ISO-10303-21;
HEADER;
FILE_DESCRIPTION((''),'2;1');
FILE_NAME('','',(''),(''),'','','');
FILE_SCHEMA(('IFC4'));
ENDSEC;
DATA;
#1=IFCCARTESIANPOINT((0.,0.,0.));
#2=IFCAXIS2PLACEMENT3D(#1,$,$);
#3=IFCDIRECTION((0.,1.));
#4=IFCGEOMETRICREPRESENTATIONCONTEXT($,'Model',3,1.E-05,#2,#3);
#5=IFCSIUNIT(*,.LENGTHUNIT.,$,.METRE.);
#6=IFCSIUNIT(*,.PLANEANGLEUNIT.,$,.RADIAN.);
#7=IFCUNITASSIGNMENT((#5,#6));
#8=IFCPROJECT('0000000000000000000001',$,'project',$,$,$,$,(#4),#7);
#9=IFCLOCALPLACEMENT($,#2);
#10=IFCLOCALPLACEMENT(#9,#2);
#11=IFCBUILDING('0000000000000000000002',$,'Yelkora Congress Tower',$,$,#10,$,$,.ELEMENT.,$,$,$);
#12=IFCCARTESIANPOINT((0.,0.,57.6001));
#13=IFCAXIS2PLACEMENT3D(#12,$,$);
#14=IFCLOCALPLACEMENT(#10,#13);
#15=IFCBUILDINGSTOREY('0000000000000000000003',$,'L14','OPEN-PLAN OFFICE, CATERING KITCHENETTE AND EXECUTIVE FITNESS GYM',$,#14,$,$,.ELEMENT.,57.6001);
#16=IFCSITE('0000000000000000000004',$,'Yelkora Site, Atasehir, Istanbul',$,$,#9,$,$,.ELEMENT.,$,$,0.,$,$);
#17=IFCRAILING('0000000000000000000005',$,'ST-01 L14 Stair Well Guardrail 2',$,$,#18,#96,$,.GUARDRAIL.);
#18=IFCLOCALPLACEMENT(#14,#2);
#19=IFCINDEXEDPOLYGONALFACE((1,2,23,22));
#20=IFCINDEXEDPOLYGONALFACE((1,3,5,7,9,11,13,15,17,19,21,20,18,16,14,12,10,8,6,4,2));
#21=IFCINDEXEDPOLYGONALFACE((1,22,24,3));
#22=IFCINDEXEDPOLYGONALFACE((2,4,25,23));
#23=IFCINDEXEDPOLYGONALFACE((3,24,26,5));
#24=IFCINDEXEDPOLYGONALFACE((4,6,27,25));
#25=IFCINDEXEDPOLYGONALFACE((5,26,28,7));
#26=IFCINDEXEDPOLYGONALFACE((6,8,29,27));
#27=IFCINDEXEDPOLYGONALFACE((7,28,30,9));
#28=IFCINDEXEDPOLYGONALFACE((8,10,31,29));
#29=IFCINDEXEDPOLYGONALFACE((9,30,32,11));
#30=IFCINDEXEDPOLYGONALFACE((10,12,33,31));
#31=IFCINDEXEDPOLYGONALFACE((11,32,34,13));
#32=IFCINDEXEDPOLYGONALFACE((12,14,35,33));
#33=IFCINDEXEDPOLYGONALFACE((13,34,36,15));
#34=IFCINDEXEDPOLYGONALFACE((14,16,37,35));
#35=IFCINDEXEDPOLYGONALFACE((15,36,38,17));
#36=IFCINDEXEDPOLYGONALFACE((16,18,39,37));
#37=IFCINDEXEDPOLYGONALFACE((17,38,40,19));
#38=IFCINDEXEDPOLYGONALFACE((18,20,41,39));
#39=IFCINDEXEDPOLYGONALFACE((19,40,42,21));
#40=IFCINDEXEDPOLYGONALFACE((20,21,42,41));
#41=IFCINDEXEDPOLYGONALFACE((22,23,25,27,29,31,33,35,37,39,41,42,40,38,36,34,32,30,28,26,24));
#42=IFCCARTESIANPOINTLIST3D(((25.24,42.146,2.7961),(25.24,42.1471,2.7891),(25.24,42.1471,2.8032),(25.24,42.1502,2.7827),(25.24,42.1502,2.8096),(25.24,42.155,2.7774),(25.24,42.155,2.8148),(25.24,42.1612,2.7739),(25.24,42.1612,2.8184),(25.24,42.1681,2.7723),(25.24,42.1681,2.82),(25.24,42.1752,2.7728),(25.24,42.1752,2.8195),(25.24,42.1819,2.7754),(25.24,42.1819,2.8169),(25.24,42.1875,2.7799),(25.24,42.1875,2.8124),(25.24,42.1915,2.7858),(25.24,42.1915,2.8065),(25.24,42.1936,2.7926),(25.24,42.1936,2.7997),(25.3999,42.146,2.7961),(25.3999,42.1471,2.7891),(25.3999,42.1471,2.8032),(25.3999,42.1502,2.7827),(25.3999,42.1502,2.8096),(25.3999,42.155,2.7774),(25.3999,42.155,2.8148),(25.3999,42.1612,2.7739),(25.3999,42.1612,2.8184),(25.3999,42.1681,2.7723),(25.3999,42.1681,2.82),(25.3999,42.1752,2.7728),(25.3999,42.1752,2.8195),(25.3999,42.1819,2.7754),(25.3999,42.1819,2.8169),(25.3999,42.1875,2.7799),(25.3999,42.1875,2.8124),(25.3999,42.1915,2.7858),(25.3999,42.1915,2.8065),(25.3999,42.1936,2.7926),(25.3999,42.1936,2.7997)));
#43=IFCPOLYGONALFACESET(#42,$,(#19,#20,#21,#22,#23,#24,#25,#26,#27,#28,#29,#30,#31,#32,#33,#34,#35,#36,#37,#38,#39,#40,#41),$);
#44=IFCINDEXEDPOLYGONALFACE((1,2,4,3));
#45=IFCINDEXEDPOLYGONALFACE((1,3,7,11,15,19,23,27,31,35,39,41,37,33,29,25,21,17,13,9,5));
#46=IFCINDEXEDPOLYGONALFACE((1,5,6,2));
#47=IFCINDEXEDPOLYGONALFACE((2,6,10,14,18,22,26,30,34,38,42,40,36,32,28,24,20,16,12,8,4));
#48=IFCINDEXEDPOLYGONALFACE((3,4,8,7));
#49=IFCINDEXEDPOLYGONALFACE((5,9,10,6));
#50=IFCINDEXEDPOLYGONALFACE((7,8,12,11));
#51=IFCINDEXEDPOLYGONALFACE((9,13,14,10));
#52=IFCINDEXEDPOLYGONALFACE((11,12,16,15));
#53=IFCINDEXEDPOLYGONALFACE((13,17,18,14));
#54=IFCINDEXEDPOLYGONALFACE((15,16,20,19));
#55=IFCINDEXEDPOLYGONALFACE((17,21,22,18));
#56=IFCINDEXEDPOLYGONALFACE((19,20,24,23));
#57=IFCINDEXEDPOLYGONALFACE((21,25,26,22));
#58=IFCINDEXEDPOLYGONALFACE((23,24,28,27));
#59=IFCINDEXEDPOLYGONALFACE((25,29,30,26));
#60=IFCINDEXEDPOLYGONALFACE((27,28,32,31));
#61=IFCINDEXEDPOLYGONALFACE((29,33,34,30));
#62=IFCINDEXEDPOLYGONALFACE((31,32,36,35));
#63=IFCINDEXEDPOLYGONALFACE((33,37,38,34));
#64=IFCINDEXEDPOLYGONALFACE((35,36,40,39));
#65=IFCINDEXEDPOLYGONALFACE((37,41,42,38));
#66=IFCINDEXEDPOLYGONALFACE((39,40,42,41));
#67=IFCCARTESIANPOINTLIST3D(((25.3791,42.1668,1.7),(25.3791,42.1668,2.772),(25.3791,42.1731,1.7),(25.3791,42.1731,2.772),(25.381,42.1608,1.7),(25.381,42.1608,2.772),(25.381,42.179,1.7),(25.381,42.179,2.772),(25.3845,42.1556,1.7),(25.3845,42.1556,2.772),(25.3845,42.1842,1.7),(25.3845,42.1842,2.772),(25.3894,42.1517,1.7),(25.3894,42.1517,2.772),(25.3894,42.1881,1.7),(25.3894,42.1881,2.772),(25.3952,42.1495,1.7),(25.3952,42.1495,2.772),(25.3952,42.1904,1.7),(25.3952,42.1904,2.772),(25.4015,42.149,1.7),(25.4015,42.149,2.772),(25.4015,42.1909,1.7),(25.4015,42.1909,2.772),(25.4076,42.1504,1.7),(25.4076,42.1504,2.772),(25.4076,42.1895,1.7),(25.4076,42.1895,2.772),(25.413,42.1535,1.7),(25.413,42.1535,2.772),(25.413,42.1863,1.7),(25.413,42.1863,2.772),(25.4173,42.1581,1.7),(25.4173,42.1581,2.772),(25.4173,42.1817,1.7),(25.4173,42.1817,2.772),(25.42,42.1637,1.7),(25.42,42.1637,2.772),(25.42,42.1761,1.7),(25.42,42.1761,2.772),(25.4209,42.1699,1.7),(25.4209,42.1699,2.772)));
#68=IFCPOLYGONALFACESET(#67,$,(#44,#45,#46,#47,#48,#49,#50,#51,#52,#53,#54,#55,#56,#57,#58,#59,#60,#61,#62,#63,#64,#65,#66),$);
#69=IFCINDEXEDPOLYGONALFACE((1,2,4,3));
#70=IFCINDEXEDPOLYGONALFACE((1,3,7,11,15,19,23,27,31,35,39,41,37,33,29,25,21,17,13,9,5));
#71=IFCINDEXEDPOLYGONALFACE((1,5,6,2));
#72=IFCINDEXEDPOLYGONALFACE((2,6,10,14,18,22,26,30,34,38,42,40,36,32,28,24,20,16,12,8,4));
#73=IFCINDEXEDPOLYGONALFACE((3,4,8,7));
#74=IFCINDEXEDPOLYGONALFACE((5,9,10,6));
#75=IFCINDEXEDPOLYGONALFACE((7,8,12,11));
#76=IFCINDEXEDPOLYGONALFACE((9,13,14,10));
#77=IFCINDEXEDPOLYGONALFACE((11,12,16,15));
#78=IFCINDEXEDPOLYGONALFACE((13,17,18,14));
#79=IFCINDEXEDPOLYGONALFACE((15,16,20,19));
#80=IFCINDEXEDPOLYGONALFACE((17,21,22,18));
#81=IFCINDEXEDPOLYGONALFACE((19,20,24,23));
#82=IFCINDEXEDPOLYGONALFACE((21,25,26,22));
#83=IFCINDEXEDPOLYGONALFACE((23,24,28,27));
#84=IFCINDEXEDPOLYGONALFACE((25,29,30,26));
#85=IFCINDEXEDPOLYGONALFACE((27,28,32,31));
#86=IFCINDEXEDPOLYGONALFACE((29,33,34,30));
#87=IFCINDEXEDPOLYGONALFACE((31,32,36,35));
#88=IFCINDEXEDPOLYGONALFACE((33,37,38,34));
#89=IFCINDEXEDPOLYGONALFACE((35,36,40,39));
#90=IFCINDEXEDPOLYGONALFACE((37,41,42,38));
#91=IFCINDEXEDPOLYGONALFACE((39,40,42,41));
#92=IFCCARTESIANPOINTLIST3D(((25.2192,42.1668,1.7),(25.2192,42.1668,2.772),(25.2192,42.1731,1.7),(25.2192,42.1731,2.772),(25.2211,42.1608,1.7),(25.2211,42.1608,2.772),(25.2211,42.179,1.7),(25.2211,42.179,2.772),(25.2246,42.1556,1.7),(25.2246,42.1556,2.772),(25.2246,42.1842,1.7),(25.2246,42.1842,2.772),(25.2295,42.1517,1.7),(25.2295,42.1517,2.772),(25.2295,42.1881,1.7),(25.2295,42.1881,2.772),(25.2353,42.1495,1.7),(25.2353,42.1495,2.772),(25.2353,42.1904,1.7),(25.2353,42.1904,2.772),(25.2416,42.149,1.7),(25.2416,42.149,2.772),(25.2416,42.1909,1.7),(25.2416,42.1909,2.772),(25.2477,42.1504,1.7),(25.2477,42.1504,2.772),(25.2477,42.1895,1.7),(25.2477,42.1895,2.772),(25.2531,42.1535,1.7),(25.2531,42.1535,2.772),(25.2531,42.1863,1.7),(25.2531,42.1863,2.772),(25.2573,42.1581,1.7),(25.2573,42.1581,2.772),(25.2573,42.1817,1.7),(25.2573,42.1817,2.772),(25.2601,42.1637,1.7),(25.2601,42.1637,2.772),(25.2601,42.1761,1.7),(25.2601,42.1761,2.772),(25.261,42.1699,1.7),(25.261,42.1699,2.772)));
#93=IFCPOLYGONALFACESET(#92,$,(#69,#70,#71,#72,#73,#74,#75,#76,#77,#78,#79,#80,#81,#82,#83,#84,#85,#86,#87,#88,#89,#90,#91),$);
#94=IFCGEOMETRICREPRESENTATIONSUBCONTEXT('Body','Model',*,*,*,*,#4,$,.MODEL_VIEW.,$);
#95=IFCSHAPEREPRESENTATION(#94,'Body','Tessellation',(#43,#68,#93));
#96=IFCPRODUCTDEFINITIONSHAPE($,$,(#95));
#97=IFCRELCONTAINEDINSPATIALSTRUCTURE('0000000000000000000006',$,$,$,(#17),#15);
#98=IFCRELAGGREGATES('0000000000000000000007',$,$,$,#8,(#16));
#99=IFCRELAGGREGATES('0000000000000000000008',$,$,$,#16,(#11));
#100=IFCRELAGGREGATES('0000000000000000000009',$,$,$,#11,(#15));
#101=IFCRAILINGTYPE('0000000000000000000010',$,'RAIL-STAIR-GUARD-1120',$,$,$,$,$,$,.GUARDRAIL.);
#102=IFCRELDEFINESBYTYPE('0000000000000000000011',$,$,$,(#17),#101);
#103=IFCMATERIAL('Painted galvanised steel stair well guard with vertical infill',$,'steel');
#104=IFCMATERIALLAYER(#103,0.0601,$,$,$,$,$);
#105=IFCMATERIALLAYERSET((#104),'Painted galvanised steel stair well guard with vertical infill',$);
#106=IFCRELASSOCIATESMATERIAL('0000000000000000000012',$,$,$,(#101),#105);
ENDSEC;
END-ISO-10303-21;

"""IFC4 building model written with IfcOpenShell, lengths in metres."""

from ifc_helpers import new_model, si_unit, direction, frame, origin, origin_2d, place, context, subcontext, project, spatial, circle, extrude, material, layer, layer_set, type_object, element, save


model = new_model("IFC4")

# Units and contexts
model_context = context("Model", 3, precision=1e-05, world=origin(), true_north=direction((0.0, 1.0)))
body_context = subcontext(model_context, "Body", "Model", "MODEL_VIEW")
ifc_project = project(units=[si_unit("LENGTHUNIT", "METRE"), si_unit("PLANEANGLEUNIT", "RADIAN")], contexts=[model_context])

# Site, building, storey
site_placement = place(None, origin())
site = spatial("IfcSite", under=ifc_project, at=site_placement, Name="Yelkora Site, Atasehir, Istanbul", CompositionType="ELEMENT", RefElevation=0.0)
building_placement = place(site_placement, origin())
building = spatial("IfcBuilding", under=site, at=building_placement, Name="Yelkora Congress Tower", CompositionType="ELEMENT")
storey_placement = place(building_placement, frame((0.0, 0.0, 57.6001)))
storey = spatial("IfcBuildingStorey", under=building, at=storey_placement, Name="L14", Description="OPEN-PLAN OFFICE, CATERING KITCHENETTE AND EXECUTIVE FITNESS GYM", CompositionType="ELEMENT", Elevation=57.6001)

# Railing
ifc_material_1 = material(Name="Painted galvanised steel stair well guard with vertical infill", Category="steel")
ifc_layer_1 = layer(ifc_material_1, 0.0601)
ifc_layer_set_1 = layer_set([ifc_layer_1], Name="Painted galvanised steel stair well guard with vertical infill")
railing_type_1 = type_object("IfcRailingType", Name="RAIL-STAIR-GUARD-1120", PredefinedType="GUARDRAIL", material=ifc_layer_set_1)
railing_1_placement = place(storey_placement, frame((25.3999, 42.1699, 1.7)))
element("IfcRailing", 1, at=railing_1_placement, inside=storey, type_object=railing_type_1, Name="ST-01 L14 Stair Well Guardrail 2", PredefinedType="GUARDRAIL", context=body_context, shape_type="SweptSolid", body=[
    extrude(circle(Radius=0.0239, at=origin_2d()), frame((0.0, 0.0, 1.0962), z_axis=(-1.0, 0.0, 0.0), x_axis=(0.0, -1.0, 0.0)), (0.0, 0.0, 1.0), 0.1599),
    extrude(circle(Radius=0.021, at=origin_2d()), origin(), (0.0, 0.0, 1.0), 1.072),
    extrude(circle(Radius=0.021, at=origin_2d()), frame((-0.1599, 0.0, 0.0)), (0.0, 0.0, 1.0), 1.072),
])

save(model, "model.ifc")
